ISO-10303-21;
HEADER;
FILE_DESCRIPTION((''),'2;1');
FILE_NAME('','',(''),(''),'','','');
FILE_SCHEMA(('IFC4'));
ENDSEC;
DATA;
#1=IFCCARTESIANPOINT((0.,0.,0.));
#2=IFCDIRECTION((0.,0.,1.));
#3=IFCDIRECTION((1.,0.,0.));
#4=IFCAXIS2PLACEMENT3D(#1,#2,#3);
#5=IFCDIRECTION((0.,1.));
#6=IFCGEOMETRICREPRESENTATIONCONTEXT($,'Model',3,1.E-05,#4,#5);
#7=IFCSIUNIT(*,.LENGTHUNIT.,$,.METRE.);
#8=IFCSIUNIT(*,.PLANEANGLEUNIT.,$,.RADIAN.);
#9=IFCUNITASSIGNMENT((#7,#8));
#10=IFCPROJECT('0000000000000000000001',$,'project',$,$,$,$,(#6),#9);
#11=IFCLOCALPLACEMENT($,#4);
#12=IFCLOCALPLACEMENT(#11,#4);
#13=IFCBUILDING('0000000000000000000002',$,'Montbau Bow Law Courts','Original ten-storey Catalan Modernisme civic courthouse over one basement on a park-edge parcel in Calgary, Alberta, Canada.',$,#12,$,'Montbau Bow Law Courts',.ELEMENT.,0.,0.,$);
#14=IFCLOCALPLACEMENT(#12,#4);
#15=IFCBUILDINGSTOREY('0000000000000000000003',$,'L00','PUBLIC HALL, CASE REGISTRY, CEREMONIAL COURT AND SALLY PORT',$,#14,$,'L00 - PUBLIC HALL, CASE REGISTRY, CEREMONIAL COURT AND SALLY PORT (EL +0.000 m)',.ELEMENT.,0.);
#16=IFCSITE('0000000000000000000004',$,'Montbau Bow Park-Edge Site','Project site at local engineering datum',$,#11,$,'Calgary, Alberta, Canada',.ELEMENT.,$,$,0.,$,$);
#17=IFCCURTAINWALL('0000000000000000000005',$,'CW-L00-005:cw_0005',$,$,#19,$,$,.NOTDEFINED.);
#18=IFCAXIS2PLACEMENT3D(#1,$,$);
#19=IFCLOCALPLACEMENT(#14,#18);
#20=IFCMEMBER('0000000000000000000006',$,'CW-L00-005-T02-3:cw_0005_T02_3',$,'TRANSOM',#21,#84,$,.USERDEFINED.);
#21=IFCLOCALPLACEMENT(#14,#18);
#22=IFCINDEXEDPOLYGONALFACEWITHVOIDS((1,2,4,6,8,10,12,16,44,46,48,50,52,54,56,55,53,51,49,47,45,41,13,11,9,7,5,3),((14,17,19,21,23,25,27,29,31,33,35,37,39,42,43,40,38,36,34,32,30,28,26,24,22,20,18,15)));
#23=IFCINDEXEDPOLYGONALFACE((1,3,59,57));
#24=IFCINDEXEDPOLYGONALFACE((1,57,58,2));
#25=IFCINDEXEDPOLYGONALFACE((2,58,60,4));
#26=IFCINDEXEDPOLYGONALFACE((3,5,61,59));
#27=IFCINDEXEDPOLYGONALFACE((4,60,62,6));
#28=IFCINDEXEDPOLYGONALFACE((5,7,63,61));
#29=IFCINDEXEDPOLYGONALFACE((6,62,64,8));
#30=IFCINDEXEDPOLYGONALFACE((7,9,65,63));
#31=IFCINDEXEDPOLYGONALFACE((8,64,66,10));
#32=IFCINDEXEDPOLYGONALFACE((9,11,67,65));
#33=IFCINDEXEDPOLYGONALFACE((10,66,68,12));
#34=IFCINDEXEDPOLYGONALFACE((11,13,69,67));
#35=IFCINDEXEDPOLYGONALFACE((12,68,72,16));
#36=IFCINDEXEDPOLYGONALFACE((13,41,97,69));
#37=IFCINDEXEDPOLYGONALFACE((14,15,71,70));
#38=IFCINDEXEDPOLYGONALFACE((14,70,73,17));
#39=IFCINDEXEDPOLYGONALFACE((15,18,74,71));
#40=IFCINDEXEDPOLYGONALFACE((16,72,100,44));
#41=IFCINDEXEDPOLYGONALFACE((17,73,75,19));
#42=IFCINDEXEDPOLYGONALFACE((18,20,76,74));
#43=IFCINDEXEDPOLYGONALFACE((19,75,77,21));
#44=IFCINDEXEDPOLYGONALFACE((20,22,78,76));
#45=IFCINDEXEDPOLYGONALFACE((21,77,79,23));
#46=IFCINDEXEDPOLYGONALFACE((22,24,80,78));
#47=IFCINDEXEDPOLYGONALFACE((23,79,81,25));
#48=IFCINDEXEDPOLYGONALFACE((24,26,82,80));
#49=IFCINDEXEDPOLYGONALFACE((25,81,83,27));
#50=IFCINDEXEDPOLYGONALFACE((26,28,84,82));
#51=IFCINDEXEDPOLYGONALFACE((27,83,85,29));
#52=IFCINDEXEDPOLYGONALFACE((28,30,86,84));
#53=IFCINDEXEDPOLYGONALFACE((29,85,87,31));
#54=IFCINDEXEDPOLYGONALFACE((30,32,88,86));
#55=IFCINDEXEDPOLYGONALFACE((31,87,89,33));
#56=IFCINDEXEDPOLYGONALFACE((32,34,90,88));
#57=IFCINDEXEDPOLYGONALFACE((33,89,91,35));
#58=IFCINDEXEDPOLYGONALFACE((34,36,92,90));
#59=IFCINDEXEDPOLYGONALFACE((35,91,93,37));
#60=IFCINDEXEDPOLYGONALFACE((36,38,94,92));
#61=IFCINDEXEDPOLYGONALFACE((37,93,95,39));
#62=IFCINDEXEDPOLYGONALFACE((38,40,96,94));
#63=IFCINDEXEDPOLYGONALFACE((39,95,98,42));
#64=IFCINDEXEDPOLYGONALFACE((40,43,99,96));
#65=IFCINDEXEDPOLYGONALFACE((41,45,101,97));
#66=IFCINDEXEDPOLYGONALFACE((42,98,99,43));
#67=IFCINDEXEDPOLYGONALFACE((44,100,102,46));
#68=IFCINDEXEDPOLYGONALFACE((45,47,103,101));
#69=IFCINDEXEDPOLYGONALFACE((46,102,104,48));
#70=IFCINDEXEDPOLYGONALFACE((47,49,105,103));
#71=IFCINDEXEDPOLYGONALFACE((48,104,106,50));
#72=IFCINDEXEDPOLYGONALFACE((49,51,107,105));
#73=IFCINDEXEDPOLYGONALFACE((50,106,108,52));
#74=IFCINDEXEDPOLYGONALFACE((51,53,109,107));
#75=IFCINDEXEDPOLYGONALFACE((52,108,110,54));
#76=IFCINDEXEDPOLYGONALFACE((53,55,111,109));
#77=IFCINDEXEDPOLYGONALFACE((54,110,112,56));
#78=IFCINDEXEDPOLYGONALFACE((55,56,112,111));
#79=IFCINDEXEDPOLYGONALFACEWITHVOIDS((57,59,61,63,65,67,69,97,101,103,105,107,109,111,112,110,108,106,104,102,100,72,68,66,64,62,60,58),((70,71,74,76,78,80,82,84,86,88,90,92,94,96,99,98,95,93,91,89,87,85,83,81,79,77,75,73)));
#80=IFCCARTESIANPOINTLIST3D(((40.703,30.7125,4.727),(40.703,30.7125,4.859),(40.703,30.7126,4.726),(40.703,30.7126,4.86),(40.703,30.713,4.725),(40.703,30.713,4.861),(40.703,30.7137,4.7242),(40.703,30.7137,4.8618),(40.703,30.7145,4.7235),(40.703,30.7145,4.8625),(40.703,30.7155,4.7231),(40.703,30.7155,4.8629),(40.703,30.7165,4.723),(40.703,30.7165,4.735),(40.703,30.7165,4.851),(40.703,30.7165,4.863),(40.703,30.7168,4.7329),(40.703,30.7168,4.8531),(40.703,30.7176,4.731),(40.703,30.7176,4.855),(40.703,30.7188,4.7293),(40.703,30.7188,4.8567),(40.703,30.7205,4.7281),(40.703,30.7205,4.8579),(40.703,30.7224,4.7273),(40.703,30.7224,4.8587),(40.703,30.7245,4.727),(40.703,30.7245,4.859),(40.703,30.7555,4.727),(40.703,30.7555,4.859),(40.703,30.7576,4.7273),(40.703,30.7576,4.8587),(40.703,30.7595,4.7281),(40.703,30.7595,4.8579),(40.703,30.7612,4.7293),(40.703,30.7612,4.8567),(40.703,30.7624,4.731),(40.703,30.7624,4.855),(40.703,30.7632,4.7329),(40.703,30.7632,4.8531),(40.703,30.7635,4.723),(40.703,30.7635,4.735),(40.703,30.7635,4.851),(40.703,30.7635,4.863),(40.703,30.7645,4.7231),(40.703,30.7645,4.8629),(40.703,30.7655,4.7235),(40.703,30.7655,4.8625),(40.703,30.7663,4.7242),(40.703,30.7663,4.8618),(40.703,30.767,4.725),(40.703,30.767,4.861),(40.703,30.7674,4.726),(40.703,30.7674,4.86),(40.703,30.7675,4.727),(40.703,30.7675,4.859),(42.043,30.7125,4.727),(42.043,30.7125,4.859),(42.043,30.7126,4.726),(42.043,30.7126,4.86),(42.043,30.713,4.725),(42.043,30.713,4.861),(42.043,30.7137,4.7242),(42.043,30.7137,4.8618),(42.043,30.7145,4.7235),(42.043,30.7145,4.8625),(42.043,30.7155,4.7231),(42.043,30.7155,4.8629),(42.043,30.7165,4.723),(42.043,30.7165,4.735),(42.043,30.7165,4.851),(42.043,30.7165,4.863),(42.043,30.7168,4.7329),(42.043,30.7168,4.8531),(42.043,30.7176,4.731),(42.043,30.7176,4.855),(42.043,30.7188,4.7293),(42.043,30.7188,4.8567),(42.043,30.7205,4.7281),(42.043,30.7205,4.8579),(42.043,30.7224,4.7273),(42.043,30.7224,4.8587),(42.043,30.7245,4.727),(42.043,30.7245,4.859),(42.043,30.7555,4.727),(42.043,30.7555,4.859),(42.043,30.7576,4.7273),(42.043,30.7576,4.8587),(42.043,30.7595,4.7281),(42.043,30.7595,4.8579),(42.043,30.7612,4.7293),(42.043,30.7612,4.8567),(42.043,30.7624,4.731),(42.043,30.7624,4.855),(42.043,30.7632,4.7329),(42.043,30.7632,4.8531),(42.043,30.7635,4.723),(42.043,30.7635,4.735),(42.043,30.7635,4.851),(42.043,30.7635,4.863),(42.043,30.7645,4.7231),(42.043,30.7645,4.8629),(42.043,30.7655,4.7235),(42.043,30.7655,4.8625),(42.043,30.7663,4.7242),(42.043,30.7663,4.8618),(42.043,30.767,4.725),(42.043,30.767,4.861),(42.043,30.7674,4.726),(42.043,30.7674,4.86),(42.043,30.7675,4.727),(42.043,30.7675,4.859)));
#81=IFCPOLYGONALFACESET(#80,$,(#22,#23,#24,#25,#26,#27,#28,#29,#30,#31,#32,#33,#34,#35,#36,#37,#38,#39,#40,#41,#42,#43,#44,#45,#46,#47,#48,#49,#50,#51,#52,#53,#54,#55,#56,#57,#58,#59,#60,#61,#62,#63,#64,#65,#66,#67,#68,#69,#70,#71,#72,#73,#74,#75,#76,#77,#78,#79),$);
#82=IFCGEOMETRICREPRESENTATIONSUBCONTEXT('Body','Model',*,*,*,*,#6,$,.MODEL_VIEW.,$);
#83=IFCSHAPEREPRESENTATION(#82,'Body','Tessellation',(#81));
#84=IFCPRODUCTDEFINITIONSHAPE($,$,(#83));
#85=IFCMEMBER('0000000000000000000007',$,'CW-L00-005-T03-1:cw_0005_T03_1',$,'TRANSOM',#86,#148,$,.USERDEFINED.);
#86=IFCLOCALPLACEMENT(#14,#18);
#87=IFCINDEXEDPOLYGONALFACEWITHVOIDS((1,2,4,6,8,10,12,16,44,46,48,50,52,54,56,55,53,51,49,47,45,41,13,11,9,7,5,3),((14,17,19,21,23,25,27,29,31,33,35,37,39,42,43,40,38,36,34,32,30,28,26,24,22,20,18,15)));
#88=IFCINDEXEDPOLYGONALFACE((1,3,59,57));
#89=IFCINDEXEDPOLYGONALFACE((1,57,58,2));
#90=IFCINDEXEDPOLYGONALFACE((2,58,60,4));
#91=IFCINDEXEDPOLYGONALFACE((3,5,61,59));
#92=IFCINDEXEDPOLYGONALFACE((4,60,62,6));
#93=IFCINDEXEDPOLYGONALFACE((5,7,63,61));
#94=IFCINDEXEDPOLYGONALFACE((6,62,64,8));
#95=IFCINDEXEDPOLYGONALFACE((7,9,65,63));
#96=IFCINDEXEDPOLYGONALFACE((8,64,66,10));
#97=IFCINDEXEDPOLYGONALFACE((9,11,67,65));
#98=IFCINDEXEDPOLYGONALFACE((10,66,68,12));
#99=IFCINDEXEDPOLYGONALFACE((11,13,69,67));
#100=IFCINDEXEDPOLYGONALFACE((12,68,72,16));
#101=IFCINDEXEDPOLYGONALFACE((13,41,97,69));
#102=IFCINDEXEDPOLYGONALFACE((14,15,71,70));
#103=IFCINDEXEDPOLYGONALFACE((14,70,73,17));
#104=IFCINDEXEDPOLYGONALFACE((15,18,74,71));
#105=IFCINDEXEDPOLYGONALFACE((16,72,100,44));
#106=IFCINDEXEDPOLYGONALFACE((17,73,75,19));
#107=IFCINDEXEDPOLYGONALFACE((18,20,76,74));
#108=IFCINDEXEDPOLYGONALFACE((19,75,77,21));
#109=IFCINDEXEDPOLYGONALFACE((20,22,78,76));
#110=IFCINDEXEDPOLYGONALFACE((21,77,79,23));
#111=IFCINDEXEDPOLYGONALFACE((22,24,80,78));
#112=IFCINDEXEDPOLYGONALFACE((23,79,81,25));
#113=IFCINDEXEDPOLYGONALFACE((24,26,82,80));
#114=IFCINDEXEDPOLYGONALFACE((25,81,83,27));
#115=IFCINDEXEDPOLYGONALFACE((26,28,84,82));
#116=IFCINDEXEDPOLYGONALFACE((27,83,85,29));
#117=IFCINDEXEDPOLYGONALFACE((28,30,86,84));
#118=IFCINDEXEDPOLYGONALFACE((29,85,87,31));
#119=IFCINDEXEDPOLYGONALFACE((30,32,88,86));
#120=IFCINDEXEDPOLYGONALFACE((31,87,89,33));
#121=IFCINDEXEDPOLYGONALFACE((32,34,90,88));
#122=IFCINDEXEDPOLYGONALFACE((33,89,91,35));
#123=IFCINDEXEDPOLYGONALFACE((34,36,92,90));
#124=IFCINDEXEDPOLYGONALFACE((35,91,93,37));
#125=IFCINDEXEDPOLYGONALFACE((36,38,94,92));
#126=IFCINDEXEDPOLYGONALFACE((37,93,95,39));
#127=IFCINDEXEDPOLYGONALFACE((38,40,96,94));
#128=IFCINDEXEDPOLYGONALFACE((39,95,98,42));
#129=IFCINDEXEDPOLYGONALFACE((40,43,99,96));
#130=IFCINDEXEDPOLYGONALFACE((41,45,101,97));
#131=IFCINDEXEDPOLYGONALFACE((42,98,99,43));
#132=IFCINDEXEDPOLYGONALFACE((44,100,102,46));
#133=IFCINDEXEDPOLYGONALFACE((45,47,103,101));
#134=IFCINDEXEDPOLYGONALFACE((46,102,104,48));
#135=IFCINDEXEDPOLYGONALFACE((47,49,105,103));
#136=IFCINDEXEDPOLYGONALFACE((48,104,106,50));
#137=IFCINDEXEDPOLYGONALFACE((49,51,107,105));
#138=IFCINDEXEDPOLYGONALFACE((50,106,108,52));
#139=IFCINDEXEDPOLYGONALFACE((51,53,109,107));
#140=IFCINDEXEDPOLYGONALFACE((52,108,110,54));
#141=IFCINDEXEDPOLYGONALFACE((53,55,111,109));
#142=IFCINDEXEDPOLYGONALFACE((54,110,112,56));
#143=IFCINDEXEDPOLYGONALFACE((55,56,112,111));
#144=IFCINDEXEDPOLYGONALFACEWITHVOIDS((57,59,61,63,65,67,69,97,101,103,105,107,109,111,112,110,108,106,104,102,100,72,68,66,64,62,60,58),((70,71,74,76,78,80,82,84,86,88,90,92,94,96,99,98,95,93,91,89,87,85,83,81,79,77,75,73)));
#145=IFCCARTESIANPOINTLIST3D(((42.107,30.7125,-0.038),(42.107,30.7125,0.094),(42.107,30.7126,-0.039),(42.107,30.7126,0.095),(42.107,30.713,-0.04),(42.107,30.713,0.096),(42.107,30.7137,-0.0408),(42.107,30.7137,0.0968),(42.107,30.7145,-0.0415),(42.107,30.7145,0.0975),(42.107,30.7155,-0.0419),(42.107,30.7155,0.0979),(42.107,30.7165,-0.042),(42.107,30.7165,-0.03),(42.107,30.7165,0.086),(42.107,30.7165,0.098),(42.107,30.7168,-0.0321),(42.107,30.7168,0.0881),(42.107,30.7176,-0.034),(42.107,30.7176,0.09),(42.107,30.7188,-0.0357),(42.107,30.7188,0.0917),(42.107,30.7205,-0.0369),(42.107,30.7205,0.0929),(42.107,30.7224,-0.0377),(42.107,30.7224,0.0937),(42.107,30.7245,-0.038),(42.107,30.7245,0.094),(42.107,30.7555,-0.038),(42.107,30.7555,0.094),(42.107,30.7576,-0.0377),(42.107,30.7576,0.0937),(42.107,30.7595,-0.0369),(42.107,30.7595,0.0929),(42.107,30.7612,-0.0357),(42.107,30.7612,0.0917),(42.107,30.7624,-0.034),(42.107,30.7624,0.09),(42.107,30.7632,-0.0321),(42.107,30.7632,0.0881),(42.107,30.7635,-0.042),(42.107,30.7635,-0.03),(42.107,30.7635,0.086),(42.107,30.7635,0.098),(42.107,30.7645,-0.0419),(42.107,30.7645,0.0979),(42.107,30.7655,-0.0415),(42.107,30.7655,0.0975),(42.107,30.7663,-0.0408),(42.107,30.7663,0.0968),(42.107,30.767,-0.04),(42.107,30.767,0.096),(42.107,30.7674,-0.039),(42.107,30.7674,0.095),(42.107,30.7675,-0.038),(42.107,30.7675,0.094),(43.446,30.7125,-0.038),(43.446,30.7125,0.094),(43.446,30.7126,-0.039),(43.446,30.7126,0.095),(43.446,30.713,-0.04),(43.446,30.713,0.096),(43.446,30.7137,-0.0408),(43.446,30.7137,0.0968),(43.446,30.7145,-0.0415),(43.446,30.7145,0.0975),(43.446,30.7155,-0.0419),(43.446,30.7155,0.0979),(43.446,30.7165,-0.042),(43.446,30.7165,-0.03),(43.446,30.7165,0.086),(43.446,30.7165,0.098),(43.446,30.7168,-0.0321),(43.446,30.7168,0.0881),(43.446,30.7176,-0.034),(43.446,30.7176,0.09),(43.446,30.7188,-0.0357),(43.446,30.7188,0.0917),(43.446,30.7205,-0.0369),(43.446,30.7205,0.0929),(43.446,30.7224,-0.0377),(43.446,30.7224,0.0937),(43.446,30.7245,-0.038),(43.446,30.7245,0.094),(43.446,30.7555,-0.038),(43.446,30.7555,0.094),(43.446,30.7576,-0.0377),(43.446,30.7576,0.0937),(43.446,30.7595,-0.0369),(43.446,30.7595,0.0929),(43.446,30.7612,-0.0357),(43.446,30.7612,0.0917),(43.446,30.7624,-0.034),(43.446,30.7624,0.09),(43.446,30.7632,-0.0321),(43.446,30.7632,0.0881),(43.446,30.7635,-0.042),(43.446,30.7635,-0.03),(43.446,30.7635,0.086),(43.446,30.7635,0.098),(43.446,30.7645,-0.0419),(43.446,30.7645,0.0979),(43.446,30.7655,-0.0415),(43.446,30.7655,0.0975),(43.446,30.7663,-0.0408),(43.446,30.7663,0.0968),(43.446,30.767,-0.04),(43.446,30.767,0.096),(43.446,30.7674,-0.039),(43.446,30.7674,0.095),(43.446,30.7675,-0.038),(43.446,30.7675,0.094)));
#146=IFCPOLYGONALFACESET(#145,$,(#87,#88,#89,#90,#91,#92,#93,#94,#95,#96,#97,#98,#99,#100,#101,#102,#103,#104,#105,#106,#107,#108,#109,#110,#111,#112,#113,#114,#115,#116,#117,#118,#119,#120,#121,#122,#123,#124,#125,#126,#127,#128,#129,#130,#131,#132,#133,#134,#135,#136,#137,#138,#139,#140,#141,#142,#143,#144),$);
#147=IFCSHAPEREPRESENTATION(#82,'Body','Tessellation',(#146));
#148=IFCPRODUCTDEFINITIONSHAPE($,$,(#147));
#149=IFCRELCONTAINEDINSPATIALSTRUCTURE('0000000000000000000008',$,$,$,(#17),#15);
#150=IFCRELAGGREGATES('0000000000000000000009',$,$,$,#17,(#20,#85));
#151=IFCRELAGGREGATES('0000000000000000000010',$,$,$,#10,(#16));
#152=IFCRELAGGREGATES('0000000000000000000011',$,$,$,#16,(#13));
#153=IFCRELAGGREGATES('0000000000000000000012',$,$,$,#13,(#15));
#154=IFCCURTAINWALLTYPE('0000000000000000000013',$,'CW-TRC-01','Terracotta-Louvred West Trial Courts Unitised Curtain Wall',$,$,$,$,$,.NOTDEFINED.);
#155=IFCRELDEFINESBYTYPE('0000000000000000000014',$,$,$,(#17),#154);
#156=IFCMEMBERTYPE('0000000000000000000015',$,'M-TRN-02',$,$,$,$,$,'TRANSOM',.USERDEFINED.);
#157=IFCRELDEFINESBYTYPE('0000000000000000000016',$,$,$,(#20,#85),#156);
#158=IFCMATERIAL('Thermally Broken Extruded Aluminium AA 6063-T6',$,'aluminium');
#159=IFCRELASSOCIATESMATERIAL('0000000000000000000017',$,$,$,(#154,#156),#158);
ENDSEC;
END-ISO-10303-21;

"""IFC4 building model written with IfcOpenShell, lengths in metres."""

from ifc_helpers import new_model, si_unit, direction, frame, origin_with_axes, origin_2d_with_axis, place, context, subcontext, project, spatial, hollow_rectangle, extrude, material, material_profile, profile_set, type_object, element, aggregate, save


model = new_model("IFC4")

# Units and contexts
model_context = context("Model", 3, precision=1e-05, world=origin_with_axes(), true_north=direction((0.0, 1.0)))
body_context = subcontext(model_context, "Body", "Model", "MODEL_VIEW")
ifc_project = project(units=[si_unit("LENGTHUNIT", "METRE"), si_unit("PLANEANGLEUNIT", "RADIAN")], contexts=[model_context])

# Site, building, storey
site_placement = place(None, origin_with_axes())
site = spatial("IfcSite", under=ifc_project, at=site_placement, Name="Montbau Bow Park-Edge Site", Description="Project site at local engineering datum", LongName="Calgary, Alberta, Canada", CompositionType="ELEMENT", RefElevation=0.0)
building_placement = place(site_placement, origin_with_axes())
building = spatial("IfcBuilding", under=site, at=building_placement, Name="Montbau Bow Law Courts", Description="Original ten-storey Catalan Modernisme civic courthouse over one basement on a park-edge parcel in Calgary, Alberta, Canada.", LongName="Montbau Bow Law Courts", CompositionType="ELEMENT", ElevationOfRefHeight=0.0, ElevationOfTerrain=0.0)
storey_placement = place(building_placement, origin_with_axes())
storey = spatial("IfcBuildingStorey", under=building, at=storey_placement, Name="L00", Description="PUBLIC HALL, CASE REGISTRY, CEREMONIAL COURT AND SALLY PORT", LongName="L00 - PUBLIC HALL, CASE REGISTRY, CEREMONIAL COURT AND SALLY PORT (EL +0.000 m)", CompositionType="ELEMENT", Elevation=0.0)

# Shared definitions
ifc_material_1 = material(Name="Thermally Broken Extruded Aluminium AA 6063-T6", Category="aluminium")
curtain_wall_type = type_object("IfcCurtainWallType", Name="CW-TRC-01", Description="Terracotta-Louvred West Trial Courts Unitised Curtain Wall", PredefinedType="NOTDEFINED", material=ifc_material_1)

# Curtain wall
curtain_wall_1_placement = place(None, frame((39.268, 30.74, 0.0), z_axis=(0.0, 0.0, 1.0), x_axis=(1.0, 0.0, 0.0)))
curtain_wall_1 = element("IfcCurtainWall", 1, at=curtain_wall_1_placement, inside=storey, type_object=curtain_wall_type, Name="CW-L00-005:cw_0005", PredefinedType="NOTDEFINED")

# Members
ifc_material_profile_1 = material_profile(ifc_material_1, hollow_rectangle(XDim=0.055, YDim=0.14, WallThickness=0.004, InnerFilletRadius=0.008, OuterFilletRadius=0.004, at=origin_2d_with_axis()), Name="CWT-140X55", Category="Main", Priority=0)
ifc_profile_set_1 = profile_set([ifc_material_profile_1], Name="Thermally Broken Extruded Aluminium AA 6063-T6")
member_type_1 = type_object("IfcMemberType", Name="M-TRN-02", ElementType="TRANSOM", PredefinedType="USERDEFINED", material=ifc_profile_set_1)
member_1_placement = place(None, frame((40.703, 30.74, 4.793), z_axis=(1.0, 0.0, 0.0), x_axis=(0.0, 1.0, 0.0)))
member_1 = element("IfcMember", 2, at=member_1_placement, type_object=member_type_1, Name="CW-L00-005-T02-3:cw_0005_T02_3", ObjectType="TRANSOM", PredefinedType="USERDEFINED", context=body_context, shape_type="SweptSolid", body=[
    extrude(hollow_rectangle(XDim=0.055, YDim=0.14, WallThickness=0.004, InnerFilletRadius=0.008, OuterFilletRadius=0.004, at=origin_2d_with_axis()), origin_with_axes(), (0.0, 0.0, 1.0), 1.34),
])
member_2_placement = place(None, frame((42.107, 30.74, 0.028), z_axis=(1.0, 0.0, 0.0), x_axis=(0.0, 1.0, 0.0)))
member_2 = element("IfcMember", 3, at=member_2_placement, type_object=member_type_1, Name="CW-L00-005-T03-1:cw_0005_T03_1", ObjectType="TRANSOM", PredefinedType="USERDEFINED", context=body_context, shape_type="SweptSolid", body=[
    extrude(hollow_rectangle(XDim=0.055, YDim=0.14, WallThickness=0.004, InnerFilletRadius=0.008, OuterFilletRadius=0.004, at=origin_2d_with_axis()), origin_with_axes(), (0.0, 0.0, 1.0), 1.339),
])

aggregate(curtain_wall_1, [member_1, member_2])

save(model, "model.ifc")
